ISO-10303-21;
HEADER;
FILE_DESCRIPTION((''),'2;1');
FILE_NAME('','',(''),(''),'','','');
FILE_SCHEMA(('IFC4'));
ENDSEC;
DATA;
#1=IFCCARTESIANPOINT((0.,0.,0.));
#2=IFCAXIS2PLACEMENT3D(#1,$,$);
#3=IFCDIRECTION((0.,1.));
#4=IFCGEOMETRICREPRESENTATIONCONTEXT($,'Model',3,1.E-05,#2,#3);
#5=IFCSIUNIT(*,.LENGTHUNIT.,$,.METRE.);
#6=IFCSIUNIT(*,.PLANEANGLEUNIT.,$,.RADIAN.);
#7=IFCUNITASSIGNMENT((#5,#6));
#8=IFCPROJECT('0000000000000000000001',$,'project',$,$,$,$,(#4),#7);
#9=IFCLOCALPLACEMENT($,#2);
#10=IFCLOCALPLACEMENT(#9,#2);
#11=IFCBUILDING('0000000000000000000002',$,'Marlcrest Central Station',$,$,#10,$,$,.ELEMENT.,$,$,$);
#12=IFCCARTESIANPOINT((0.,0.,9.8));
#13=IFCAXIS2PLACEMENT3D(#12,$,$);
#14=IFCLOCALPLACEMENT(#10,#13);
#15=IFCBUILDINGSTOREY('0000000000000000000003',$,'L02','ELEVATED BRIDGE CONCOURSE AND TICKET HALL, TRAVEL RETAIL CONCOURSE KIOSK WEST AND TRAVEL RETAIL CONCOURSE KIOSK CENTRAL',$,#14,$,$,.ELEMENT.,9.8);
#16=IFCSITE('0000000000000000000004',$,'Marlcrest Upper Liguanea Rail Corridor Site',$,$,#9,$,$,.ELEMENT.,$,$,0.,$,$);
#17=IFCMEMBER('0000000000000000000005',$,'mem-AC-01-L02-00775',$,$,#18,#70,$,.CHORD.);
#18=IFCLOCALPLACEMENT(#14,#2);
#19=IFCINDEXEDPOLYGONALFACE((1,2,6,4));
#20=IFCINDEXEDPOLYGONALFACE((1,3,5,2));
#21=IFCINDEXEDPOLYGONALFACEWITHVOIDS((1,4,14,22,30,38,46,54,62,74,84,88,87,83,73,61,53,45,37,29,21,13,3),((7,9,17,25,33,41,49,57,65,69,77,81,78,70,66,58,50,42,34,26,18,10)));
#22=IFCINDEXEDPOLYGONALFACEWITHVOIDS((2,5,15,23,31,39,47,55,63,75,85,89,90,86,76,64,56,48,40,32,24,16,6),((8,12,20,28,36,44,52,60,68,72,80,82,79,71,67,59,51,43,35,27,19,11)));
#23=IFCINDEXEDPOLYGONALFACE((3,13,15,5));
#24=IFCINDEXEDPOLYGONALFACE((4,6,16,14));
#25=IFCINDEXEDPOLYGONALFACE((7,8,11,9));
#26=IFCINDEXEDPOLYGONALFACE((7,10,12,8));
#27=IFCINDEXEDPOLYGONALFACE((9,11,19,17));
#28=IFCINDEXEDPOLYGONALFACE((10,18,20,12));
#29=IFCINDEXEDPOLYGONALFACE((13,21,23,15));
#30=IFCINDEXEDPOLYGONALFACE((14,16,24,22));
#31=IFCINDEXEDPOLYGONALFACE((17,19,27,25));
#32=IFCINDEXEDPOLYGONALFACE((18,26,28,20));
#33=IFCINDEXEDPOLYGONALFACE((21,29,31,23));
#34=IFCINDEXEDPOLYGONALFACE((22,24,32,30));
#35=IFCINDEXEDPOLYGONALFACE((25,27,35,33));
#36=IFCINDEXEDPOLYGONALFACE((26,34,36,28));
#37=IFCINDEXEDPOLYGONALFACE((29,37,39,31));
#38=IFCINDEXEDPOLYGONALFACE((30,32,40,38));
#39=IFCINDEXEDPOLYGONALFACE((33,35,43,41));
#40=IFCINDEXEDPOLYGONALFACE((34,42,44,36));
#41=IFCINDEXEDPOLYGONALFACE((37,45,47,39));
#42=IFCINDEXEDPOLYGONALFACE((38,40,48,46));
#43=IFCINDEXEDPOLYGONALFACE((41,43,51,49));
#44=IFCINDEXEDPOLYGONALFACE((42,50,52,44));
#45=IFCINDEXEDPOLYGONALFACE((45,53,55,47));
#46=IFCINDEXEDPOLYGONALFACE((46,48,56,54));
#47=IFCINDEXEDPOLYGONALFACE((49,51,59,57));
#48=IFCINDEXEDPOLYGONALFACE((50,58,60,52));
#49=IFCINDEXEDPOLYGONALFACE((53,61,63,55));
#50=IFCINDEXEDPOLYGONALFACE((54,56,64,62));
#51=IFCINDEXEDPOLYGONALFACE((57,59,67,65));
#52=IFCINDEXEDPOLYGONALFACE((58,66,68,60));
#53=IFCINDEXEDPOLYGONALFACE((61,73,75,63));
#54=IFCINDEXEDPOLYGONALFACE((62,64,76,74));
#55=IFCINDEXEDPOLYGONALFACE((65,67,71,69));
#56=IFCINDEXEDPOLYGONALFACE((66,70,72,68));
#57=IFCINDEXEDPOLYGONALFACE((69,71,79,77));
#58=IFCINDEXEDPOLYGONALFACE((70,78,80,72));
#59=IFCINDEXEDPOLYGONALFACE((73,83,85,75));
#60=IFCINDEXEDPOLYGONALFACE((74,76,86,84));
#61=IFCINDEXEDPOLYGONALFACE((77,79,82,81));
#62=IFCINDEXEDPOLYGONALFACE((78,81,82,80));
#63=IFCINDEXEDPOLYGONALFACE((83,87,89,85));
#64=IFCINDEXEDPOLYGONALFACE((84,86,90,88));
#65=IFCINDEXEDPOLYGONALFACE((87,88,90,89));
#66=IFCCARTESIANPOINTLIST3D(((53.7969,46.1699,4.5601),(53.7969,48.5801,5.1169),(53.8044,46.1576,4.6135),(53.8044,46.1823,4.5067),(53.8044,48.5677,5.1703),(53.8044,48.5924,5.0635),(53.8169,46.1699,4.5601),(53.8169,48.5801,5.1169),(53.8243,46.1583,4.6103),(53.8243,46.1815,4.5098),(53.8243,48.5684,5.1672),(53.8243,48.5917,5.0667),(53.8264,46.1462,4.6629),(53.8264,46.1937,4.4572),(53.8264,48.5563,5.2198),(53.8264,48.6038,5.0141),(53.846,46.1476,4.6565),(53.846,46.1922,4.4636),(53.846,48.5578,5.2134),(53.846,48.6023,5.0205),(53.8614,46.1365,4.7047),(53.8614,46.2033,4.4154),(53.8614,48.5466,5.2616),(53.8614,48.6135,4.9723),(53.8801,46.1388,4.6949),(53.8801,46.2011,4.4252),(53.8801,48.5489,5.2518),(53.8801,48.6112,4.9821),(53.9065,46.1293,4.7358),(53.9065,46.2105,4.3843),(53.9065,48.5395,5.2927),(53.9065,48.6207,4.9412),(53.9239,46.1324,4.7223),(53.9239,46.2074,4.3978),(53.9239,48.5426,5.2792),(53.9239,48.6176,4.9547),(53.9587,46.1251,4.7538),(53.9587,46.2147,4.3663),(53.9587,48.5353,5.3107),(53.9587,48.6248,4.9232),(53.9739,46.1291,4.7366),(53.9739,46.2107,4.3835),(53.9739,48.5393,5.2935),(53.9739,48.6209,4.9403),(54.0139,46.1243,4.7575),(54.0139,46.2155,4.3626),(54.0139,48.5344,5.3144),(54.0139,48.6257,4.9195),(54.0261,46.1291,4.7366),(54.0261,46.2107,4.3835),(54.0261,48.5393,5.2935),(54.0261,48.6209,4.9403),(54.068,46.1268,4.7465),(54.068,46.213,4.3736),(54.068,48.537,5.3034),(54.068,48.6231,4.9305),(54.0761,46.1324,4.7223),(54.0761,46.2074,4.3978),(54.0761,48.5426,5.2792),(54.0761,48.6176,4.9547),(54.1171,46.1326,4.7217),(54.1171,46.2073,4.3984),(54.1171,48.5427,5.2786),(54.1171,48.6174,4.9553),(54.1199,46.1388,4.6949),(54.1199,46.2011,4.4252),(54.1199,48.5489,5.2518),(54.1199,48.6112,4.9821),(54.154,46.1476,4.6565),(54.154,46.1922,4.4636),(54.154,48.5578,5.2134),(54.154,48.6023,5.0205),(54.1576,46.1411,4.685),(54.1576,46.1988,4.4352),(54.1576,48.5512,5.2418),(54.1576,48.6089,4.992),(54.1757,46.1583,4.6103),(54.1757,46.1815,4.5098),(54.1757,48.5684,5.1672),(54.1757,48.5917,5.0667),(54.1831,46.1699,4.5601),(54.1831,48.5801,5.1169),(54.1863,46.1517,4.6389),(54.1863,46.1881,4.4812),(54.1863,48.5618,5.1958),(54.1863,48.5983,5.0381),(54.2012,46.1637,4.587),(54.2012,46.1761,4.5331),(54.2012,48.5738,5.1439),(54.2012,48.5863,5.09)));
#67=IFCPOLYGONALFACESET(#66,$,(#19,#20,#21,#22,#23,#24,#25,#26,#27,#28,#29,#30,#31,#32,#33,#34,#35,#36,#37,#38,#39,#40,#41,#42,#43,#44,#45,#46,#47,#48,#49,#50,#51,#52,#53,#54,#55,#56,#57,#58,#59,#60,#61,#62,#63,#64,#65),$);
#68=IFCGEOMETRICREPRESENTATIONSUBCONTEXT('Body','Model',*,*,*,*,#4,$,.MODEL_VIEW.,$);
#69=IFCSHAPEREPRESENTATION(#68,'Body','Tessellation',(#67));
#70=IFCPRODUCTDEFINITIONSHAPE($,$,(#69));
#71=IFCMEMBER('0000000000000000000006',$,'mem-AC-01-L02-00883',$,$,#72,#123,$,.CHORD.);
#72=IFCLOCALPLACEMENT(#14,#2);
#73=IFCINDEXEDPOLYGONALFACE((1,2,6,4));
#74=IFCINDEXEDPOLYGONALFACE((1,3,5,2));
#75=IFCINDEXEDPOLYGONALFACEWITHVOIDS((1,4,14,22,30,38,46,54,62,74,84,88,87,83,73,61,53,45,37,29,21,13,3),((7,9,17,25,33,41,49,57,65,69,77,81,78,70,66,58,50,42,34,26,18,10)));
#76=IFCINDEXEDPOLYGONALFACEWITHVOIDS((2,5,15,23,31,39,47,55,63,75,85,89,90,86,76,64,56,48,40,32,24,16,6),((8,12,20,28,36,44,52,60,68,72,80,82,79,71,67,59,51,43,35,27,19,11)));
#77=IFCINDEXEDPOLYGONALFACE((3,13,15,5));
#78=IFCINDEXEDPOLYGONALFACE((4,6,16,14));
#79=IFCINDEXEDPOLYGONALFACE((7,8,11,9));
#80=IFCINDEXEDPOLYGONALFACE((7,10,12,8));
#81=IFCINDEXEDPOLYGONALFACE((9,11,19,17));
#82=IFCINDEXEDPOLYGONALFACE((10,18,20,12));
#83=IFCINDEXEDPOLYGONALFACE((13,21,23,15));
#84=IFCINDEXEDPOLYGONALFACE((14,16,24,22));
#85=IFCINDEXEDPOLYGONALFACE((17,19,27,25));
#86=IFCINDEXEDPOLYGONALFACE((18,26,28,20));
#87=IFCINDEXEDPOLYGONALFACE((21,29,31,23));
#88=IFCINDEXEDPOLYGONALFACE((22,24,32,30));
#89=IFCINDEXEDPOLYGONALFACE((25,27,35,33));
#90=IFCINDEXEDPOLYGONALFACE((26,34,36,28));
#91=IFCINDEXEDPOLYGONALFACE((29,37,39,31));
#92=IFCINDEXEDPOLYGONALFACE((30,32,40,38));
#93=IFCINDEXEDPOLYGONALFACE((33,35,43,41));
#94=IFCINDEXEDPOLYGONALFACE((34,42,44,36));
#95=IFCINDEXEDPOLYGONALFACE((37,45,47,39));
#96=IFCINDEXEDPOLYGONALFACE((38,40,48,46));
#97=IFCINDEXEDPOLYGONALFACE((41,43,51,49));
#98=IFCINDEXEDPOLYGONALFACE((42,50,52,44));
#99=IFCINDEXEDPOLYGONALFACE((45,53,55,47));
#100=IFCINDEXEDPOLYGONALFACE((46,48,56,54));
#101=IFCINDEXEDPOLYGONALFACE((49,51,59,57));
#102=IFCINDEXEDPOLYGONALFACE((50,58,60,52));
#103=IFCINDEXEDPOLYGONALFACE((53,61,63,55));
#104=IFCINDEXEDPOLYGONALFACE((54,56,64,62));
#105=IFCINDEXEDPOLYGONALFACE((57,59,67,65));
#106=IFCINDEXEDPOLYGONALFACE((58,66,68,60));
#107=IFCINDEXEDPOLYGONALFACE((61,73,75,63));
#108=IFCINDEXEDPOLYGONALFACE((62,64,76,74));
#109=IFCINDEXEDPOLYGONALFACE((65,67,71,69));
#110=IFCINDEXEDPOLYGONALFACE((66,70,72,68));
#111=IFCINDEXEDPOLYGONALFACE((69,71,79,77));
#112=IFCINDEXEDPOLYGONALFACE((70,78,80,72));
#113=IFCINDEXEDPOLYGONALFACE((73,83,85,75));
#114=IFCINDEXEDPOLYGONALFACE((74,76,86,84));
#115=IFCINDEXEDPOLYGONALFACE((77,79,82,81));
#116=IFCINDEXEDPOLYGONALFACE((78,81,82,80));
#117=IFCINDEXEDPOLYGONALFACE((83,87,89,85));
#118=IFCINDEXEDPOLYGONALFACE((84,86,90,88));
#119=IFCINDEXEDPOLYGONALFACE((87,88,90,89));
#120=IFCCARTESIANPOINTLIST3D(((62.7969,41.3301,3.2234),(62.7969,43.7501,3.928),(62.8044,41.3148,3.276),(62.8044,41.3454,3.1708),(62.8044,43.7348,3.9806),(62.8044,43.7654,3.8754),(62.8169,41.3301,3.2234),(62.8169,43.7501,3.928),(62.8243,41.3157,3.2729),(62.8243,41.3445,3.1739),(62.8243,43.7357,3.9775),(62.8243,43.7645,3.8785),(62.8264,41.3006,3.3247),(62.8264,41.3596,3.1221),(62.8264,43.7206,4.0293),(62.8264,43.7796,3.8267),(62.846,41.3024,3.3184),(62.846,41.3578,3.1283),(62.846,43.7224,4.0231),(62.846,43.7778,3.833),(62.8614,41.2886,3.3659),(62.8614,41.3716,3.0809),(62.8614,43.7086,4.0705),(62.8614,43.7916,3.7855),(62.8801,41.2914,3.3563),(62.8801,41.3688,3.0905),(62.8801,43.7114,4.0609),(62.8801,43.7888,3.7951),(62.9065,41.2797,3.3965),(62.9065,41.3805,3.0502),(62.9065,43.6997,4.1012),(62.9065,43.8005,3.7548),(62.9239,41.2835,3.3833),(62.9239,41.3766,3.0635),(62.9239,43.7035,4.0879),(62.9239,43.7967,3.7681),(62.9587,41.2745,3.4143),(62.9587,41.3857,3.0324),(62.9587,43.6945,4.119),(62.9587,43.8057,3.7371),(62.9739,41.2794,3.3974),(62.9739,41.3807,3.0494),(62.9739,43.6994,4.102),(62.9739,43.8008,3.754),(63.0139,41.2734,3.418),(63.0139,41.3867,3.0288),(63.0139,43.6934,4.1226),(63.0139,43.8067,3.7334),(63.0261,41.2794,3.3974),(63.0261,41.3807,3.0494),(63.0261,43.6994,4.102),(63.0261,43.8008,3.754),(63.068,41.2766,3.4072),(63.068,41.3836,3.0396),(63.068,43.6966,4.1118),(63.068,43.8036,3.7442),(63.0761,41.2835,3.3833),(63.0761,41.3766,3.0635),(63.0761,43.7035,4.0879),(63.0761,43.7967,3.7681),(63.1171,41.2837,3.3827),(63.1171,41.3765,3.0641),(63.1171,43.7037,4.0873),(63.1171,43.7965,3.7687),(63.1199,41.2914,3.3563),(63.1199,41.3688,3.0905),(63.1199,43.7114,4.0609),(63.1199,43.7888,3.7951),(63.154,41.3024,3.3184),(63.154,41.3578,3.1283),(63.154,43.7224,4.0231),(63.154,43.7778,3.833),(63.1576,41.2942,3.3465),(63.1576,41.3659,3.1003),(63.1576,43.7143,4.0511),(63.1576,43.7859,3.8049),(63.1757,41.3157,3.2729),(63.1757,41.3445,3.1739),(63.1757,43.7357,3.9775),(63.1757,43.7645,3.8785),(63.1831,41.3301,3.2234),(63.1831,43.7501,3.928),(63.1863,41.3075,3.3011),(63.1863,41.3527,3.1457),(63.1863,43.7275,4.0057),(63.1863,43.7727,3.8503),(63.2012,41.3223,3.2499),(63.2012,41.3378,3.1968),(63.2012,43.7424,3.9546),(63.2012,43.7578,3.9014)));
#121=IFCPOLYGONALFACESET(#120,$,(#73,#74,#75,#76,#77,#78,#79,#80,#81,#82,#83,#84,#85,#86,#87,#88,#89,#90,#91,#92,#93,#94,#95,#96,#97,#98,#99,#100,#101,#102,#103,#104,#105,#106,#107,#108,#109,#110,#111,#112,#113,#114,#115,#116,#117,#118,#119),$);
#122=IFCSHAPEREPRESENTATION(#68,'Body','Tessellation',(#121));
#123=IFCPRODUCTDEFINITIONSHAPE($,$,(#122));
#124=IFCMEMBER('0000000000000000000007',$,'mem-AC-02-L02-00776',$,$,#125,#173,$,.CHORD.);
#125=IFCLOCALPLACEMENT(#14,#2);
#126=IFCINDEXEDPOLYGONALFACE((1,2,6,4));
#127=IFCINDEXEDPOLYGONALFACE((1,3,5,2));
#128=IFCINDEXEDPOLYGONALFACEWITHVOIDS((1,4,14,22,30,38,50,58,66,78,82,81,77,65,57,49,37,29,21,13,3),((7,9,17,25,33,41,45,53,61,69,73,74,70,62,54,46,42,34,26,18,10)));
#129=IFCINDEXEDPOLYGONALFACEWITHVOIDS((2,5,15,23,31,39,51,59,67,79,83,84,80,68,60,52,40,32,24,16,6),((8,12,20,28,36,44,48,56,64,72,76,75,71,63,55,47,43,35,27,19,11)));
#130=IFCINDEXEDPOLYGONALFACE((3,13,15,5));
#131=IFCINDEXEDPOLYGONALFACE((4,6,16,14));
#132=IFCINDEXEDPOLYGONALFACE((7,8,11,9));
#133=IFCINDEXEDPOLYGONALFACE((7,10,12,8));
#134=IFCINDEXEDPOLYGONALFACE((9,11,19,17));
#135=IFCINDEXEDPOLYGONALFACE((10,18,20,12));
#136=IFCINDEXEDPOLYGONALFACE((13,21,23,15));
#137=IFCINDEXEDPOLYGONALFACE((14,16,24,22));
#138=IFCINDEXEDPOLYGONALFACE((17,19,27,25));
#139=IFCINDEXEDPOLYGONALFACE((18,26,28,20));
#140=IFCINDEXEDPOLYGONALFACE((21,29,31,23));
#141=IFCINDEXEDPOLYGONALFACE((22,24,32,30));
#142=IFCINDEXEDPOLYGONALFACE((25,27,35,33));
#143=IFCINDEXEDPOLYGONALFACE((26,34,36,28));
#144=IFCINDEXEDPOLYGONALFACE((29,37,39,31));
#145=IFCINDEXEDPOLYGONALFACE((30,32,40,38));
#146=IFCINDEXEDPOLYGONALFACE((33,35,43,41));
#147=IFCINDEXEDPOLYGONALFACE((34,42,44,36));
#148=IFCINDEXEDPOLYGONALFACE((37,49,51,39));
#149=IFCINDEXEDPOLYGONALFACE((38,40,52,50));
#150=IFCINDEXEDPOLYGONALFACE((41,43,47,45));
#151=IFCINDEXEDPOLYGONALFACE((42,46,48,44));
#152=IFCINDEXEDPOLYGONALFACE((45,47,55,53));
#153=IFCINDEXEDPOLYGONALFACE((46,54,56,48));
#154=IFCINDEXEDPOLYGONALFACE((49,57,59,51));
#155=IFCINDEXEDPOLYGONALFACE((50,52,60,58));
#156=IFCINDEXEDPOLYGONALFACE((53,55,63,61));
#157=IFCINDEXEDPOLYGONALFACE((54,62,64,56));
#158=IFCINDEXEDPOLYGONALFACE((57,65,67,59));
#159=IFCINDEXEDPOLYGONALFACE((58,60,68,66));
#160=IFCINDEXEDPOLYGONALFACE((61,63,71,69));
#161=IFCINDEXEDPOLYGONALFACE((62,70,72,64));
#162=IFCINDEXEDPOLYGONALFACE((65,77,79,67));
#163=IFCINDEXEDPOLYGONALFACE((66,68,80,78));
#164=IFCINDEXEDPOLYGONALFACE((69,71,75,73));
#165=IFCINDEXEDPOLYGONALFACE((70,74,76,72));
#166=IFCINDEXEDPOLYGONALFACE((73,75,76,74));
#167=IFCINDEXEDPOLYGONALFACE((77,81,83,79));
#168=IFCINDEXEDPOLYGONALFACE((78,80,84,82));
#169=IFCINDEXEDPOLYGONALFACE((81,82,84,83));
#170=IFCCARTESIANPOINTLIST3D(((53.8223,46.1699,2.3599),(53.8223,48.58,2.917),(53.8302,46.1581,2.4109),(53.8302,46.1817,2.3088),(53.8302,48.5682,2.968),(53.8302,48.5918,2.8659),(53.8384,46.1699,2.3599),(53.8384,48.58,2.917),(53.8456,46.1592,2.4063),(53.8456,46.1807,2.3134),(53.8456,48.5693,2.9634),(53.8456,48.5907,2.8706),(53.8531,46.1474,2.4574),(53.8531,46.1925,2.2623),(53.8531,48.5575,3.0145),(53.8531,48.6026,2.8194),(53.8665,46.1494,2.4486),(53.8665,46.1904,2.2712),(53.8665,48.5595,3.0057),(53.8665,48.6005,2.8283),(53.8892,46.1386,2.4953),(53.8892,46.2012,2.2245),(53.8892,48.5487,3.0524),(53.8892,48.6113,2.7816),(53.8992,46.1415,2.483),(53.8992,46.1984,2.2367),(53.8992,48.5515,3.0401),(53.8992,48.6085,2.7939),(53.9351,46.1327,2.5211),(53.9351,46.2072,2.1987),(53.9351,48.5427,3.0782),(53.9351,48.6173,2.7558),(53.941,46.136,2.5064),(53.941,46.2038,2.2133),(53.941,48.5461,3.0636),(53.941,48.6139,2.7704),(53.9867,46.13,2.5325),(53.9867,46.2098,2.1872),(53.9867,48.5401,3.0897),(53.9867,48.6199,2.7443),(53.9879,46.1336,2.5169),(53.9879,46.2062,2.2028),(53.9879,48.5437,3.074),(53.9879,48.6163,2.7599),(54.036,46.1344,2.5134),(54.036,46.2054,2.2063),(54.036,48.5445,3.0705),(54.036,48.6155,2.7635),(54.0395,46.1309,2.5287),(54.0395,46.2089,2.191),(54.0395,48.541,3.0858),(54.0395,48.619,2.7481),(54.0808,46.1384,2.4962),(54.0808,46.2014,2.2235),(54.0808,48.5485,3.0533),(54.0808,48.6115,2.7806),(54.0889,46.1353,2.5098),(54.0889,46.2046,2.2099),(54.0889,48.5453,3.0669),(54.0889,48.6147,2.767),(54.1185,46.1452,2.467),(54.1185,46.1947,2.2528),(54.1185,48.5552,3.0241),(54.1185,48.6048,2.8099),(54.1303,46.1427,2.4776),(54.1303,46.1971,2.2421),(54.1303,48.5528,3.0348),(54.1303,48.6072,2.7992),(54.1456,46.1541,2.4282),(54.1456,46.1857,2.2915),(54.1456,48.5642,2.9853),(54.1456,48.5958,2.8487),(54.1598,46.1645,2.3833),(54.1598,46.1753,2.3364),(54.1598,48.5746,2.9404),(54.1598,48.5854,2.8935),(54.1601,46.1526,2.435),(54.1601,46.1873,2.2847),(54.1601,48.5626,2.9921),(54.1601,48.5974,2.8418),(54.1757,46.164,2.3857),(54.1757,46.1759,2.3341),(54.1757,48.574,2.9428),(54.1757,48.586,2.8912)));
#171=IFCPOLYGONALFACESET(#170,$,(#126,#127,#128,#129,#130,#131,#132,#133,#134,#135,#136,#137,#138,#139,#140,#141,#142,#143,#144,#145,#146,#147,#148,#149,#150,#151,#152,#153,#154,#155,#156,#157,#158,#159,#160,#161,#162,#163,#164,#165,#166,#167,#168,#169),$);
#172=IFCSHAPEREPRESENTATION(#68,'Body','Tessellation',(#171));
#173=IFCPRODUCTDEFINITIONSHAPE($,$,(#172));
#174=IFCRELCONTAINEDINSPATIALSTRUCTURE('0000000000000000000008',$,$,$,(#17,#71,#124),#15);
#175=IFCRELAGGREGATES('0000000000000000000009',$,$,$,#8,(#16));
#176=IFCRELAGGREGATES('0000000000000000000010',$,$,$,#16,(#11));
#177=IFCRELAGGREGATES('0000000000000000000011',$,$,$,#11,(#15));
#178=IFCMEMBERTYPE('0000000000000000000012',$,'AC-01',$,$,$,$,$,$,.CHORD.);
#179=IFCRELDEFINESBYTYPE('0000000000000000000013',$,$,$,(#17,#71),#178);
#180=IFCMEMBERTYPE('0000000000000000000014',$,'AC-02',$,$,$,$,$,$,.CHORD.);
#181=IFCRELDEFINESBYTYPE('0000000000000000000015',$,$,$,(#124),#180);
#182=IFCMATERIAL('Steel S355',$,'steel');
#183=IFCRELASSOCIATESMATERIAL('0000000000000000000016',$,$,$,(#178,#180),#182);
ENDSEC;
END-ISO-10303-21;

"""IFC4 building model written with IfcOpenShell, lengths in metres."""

from ifc_helpers import new_model, si_unit, direction, frame, origin, origin_2d, place, context, subcontext, project, spatial, hollow_circle, extrude, material, material_profile, profile_set, type_object, element, save


model = new_model("IFC4")

# Units and contexts
model_context = context("Model", 3, precision=1e-05, world=origin(), true_north=direction((0.0, 1.0)))
body_context = subcontext(model_context, "Body", "Model", "MODEL_VIEW")
ifc_project = project(units=[si_unit("LENGTHUNIT", "METRE"), si_unit("PLANEANGLEUNIT", "RADIAN")], contexts=[model_context])

# Site, building, storey
site_placement = place(None, origin())
site = spatial("IfcSite", under=ifc_project, at=site_placement, Name="Marlcrest Upper Liguanea Rail Corridor Site", CompositionType="ELEMENT", RefElevation=0.0)
building_placement = place(site_placement, origin())
building = spatial("IfcBuilding", under=site, at=building_placement, Name="Marlcrest Central Station", CompositionType="ELEMENT")
storey_placement = place(building_placement, frame((0.0, 0.0, 9.8)))
storey = spatial("IfcBuildingStorey", under=building, at=storey_placement, Name="L02", Description="ELEVATED BRIDGE CONCOURSE AND TICKET HALL, TRAVEL RETAIL CONCOURSE KIOSK WEST AND TRAVEL RETAIL CONCOURSE KIOSK CENTRAL", CompositionType="ELEMENT", Elevation=9.8)

# Members
ifc_material_1 = material(Name="Steel S355", Category="steel")
ifc_material_profile_1 = material_profile(ifc_material_1, hollow_circle(Radius=0.2031, WallThickness=0.02, at=origin_2d()), Name="CHS 406.4x20")
ifc_profile_set_1 = profile_set([ifc_material_profile_1], Name="Steel S355")
member_type_1 = type_object("IfcMemberType", Name="AC-01", PredefinedType="CHORD", material=ifc_profile_set_1)
member_1_placement = place(storey_placement, frame((54.0, 46.1699, 4.5601), z_axis=(0.0, 0.97433, 0.225126), x_axis=(-1.0, 0.0, 0.0)))
element("IfcMember", 1, at=member_1_placement, inside=storey, type_object=member_type_1, Name="mem-AC-01-L02-00775", PredefinedType="CHORD", context=body_context, shape_type="SweptSolid", body=[
    extrude(hollow_circle(Radius=0.2031, WallThickness=0.02, at=origin_2d()), origin(), (0.0, 0.0, 1.0), 2.4736),
])
member_2_placement = place(storey_placement, frame((63.0, 41.3301, 3.2234), z_axis=(0.0, 0.96013, 0.279554), x_axis=(-1.0, 0.0, 0.0)))
element("IfcMember", 2, at=member_2_placement, inside=storey, type_object=member_type_1, Name="mem-AC-01-L02-00883", PredefinedType="CHORD", context=body_context, shape_type="SweptSolid", body=[
    extrude(hollow_circle(Radius=0.2031, WallThickness=0.02, at=origin_2d()), origin(), (0.0, 0.0, 1.0), 2.5205),
])
ifc_material_profile_2 = material_profile(ifc_material_1, hollow_circle(Radius=0.1777, WallThickness=0.0161, at=origin_2d()), Name="CHS 355.6x16")
ifc_profile_set_2 = profile_set([ifc_material_profile_2], Name="Steel S355")
member_type_2 = type_object("IfcMemberType", Name="AC-02", PredefinedType="CHORD", material=ifc_profile_set_2)
member_3_placement = place(storey_placement, frame((54.0, 46.1699, 2.3599), z_axis=(0.0, 0.974308, 0.22522), x_axis=(-1.0, 0.0, 0.0)))
element("IfcMember", 3, at=member_3_placement, inside=storey, type_object=member_type_2, Name="mem-AC-02-L02-00776", PredefinedType="CHORD", context=body_context, shape_type="SweptSolid", body=[
    extrude(hollow_circle(Radius=0.1777, WallThickness=0.0161, at=origin_2d()), origin(), (0.0, 0.0, 1.0), 2.4736),
])

save(model, "model.ifc")
